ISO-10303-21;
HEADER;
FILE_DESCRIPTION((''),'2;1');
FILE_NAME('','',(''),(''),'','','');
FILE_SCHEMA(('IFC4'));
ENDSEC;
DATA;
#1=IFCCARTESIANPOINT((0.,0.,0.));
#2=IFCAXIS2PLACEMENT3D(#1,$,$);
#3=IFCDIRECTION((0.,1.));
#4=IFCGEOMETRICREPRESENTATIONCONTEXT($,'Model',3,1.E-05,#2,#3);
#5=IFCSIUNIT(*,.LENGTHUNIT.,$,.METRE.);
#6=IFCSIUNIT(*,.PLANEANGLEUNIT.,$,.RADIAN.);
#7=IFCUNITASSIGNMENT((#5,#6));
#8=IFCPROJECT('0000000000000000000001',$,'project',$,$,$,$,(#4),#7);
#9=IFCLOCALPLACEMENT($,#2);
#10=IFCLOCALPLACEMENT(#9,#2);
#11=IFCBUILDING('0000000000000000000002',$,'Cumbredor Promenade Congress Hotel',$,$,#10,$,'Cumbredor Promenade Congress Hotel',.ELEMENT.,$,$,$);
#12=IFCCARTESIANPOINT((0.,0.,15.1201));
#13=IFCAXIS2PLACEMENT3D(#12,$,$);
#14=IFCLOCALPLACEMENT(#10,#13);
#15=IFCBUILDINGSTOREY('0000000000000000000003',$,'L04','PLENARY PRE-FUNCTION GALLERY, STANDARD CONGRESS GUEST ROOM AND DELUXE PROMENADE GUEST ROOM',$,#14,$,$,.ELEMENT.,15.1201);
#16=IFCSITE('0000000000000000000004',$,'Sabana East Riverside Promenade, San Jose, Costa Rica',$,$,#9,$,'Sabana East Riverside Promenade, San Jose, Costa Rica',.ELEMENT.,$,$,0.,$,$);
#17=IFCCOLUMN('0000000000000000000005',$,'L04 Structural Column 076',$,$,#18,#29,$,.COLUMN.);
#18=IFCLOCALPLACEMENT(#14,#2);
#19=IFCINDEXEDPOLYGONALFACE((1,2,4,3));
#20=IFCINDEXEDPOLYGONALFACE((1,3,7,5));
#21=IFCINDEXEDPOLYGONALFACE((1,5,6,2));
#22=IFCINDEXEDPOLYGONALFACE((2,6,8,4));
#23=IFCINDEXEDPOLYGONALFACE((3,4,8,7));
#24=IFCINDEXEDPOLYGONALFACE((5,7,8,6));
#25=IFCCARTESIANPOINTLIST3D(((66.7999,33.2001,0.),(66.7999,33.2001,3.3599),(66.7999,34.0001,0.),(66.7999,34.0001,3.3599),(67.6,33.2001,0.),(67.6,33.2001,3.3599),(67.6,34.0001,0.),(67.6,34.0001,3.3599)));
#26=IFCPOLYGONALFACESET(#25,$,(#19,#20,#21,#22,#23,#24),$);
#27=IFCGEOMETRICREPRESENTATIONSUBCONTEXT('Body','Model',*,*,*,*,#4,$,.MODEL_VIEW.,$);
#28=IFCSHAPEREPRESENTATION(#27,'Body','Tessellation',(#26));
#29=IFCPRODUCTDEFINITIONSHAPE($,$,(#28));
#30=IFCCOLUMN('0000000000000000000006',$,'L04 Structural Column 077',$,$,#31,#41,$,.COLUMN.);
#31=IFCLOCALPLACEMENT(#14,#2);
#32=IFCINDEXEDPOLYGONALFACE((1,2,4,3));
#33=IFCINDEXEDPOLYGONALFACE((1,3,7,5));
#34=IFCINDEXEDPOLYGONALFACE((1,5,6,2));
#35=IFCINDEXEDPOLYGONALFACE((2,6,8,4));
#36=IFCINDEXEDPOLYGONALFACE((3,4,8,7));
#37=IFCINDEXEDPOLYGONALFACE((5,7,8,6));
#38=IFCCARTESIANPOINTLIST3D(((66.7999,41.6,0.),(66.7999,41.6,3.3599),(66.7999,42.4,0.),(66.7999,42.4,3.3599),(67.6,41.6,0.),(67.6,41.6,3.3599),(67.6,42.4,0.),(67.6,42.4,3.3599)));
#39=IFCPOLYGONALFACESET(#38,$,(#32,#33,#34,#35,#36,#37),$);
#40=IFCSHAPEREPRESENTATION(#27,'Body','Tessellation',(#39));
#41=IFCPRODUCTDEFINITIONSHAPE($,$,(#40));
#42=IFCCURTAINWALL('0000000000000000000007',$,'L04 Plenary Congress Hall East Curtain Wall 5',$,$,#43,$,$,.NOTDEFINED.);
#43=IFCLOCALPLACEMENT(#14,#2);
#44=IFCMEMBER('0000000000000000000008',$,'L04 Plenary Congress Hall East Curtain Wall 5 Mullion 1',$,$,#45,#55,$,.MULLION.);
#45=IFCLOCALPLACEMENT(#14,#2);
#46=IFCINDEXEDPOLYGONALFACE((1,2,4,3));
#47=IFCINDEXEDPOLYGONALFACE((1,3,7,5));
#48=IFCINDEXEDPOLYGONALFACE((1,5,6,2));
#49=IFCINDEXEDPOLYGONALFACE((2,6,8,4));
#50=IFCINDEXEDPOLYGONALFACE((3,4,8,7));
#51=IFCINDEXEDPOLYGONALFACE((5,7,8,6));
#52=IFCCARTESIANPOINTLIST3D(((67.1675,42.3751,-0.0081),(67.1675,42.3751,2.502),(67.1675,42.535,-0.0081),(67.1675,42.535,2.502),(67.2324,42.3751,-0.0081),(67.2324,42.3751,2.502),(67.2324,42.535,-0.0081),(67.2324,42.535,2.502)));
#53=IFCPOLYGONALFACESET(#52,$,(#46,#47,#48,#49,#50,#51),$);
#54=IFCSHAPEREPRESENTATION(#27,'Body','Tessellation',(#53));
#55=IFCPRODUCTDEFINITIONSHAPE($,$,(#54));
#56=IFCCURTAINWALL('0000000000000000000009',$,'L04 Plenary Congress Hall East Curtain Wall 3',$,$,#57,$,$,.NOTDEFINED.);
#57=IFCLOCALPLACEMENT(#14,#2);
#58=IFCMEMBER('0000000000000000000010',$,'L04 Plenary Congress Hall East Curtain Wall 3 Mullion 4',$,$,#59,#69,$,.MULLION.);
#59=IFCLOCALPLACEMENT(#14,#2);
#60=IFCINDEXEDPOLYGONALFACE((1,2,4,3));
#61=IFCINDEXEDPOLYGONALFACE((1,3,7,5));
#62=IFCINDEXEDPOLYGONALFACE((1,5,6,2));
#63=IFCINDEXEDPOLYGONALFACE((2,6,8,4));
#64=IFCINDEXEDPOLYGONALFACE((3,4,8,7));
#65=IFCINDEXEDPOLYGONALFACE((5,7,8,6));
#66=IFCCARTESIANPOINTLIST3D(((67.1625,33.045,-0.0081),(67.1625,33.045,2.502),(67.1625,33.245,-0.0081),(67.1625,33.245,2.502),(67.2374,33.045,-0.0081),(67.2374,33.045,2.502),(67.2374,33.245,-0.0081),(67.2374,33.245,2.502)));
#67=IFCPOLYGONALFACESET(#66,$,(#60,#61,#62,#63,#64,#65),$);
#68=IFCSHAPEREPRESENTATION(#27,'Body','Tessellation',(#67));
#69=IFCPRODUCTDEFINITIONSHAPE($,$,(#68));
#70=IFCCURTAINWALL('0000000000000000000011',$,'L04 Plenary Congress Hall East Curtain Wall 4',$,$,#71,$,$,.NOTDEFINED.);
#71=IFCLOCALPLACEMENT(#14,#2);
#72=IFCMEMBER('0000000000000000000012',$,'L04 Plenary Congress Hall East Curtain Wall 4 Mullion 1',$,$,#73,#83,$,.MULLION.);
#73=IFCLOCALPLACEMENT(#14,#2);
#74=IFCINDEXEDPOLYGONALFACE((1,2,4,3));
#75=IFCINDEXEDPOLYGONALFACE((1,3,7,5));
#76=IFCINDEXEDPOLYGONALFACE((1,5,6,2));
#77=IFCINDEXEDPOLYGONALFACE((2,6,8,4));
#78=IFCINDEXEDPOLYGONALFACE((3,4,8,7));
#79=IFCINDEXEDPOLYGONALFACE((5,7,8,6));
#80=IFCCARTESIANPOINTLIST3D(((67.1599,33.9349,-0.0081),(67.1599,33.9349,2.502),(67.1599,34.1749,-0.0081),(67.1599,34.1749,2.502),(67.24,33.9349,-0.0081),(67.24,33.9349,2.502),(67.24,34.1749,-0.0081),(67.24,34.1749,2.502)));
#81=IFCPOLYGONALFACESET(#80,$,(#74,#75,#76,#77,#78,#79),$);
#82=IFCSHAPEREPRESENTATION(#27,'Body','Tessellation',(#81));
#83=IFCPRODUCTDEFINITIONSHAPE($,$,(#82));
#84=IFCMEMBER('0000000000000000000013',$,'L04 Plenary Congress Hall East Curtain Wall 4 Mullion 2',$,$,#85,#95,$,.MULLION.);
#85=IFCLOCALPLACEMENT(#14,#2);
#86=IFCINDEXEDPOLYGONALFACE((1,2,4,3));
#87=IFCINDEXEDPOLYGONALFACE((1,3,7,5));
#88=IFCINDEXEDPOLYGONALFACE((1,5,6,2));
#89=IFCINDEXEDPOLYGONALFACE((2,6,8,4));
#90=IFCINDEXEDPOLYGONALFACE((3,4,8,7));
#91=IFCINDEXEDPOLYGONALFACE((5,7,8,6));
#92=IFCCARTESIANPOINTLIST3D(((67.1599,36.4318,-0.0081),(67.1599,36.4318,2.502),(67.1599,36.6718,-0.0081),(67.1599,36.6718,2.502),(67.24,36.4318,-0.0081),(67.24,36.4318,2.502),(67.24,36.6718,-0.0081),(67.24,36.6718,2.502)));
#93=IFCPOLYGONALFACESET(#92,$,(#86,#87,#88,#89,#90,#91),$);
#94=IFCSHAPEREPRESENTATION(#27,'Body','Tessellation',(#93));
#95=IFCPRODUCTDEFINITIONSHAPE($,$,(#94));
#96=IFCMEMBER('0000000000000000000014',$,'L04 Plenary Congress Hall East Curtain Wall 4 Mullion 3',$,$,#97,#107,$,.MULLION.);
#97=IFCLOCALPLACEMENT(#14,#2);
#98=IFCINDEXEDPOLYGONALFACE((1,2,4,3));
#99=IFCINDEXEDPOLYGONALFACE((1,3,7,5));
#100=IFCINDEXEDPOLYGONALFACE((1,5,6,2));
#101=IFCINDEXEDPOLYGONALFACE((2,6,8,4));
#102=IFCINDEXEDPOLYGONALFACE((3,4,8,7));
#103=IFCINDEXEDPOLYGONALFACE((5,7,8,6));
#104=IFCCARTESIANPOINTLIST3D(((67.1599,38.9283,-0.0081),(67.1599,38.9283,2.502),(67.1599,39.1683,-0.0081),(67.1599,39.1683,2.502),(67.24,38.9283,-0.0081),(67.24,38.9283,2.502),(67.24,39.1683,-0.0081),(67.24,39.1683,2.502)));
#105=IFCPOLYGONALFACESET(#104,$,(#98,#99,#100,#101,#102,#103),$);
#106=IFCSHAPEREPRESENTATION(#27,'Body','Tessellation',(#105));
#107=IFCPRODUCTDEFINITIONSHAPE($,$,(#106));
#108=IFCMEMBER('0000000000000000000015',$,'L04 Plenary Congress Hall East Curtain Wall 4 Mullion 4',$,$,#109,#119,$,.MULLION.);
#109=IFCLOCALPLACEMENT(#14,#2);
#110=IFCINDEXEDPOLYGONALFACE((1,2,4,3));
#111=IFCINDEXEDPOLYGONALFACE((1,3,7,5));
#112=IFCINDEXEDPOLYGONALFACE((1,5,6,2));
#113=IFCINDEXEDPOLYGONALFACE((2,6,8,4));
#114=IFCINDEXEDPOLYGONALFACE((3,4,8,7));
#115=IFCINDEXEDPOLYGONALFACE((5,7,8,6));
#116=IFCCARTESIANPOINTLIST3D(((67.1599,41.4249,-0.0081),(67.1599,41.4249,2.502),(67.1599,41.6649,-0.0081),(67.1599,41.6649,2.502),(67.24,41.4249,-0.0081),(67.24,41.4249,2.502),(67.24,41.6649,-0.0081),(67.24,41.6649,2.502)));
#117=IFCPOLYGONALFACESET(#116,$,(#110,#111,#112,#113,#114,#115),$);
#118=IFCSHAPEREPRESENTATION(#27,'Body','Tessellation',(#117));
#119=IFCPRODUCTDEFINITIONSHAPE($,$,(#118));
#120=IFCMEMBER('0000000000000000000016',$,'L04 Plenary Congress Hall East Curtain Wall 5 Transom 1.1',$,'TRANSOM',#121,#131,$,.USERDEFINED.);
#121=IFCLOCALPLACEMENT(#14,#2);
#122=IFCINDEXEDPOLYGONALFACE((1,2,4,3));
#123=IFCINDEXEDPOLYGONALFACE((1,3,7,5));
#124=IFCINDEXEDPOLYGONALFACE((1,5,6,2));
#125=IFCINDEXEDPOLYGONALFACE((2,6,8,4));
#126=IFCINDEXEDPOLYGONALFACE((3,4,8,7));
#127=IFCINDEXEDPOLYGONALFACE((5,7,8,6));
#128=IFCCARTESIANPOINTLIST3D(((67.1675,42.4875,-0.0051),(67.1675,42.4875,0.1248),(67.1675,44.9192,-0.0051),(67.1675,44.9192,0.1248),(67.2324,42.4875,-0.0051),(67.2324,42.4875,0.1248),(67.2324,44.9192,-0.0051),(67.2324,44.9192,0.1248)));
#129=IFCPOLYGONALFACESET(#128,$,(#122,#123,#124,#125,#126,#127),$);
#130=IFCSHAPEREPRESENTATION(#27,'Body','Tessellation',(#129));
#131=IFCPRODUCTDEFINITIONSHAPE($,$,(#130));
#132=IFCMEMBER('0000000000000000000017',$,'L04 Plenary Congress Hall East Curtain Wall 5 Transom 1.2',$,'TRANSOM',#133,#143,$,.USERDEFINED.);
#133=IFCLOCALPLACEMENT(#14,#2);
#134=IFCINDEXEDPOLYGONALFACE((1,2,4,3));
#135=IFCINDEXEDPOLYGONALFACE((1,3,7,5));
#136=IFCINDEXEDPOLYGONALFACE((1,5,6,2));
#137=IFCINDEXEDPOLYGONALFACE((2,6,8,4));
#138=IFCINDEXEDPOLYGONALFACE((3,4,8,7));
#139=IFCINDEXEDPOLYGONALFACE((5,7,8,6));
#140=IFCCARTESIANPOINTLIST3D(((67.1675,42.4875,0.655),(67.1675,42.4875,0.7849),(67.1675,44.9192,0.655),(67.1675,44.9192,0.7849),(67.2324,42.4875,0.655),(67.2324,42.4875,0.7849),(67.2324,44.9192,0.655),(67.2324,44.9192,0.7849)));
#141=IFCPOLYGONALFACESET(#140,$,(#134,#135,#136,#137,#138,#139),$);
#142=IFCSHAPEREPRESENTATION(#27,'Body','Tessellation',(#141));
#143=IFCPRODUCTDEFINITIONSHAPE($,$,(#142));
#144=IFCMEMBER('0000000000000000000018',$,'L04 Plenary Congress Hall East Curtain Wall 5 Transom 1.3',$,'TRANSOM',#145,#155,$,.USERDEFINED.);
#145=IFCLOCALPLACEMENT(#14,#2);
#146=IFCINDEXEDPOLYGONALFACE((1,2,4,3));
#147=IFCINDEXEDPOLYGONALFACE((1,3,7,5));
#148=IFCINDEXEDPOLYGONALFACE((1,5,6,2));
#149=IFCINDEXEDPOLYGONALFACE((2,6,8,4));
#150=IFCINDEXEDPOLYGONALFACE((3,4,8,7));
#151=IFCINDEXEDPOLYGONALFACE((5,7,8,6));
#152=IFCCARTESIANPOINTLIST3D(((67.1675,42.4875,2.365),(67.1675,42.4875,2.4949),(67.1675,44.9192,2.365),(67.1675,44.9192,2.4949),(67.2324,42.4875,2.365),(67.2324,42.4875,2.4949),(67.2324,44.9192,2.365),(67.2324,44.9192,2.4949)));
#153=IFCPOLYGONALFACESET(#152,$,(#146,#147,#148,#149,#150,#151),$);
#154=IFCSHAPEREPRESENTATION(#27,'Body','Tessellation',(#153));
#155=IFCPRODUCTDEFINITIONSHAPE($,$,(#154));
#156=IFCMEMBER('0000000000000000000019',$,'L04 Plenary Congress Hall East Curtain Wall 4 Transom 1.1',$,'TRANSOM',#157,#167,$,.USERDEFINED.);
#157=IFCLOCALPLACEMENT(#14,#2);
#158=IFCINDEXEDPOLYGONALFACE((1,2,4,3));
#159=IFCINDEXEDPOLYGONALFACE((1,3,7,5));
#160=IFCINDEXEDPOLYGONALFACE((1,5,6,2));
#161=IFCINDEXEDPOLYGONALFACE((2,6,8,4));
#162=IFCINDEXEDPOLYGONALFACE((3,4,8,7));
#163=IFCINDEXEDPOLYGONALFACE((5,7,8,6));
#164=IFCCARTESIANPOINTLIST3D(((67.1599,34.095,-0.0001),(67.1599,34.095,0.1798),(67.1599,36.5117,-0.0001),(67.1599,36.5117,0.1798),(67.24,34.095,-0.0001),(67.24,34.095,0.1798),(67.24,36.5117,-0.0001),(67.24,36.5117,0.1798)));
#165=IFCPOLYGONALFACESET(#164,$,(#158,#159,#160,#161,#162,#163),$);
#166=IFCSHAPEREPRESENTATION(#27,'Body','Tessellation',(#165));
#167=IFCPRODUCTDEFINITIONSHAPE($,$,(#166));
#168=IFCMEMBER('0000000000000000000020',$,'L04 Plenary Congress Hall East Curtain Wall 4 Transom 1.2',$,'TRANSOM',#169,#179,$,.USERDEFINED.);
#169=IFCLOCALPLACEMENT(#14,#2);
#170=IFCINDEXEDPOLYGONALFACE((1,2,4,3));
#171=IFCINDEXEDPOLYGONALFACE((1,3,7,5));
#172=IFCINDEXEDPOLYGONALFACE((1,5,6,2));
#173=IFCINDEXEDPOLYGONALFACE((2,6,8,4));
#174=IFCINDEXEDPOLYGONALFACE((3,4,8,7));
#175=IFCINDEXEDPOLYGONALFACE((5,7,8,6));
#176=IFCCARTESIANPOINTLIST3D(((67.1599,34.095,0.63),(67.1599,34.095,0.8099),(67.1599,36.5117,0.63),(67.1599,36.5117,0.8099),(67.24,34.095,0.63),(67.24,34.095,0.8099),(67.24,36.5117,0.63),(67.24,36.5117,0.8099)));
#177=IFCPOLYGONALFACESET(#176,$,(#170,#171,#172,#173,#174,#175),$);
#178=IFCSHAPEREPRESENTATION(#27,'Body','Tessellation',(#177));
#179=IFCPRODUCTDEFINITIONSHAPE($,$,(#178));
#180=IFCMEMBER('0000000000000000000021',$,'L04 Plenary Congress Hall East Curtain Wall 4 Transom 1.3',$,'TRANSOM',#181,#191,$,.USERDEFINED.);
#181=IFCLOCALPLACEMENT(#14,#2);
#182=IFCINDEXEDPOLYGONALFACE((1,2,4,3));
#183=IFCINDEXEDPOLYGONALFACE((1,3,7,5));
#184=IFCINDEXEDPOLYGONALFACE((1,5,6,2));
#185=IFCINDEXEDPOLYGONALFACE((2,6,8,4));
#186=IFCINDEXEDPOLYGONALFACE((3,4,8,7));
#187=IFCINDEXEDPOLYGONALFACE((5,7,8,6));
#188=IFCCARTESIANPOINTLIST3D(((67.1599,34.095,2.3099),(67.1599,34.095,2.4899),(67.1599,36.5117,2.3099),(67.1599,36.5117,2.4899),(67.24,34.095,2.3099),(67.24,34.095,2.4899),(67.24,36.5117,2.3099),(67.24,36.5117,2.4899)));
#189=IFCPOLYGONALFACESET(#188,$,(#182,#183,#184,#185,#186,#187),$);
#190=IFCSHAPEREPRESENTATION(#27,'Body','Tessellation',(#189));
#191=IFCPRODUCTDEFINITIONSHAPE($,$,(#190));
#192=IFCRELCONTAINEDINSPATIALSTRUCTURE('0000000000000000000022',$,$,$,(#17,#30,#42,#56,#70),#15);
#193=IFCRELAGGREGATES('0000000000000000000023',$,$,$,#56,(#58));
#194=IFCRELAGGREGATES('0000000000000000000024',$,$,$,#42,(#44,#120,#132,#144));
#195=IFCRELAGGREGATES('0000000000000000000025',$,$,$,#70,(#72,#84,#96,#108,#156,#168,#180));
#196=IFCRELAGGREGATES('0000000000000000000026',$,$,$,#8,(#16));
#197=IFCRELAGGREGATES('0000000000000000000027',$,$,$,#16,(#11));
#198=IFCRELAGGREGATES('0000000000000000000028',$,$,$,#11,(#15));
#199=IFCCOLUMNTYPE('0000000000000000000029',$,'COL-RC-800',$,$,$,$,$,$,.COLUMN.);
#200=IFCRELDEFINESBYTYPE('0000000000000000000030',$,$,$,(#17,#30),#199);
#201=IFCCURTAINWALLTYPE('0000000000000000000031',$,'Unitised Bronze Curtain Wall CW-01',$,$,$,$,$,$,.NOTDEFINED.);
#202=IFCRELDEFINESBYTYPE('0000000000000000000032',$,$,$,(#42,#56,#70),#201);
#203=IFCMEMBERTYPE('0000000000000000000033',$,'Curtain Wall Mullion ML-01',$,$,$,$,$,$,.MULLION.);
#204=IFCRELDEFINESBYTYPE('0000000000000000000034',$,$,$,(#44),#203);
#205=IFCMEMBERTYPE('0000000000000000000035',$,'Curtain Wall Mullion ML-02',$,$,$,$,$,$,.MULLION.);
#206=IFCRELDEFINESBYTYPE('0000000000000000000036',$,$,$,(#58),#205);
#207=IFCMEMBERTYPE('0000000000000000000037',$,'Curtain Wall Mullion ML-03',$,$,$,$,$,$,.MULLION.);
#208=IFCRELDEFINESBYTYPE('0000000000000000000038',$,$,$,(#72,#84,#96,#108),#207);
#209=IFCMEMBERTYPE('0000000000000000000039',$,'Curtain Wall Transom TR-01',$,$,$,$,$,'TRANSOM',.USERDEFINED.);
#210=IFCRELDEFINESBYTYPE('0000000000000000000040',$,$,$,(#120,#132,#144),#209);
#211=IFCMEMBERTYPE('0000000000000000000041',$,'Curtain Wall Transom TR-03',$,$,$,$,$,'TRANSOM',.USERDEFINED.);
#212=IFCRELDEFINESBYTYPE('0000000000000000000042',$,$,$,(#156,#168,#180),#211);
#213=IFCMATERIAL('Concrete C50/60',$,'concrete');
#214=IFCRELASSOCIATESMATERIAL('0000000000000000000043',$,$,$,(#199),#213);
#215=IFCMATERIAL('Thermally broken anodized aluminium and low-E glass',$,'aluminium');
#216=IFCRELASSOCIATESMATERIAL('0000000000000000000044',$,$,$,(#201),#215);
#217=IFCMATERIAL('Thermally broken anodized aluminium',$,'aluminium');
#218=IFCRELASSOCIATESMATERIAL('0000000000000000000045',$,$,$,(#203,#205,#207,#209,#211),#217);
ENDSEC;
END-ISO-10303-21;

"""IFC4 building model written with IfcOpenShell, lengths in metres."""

from ifc_helpers import new_model, si_unit, direction, frame, origin, origin_2d, place, context, subcontext, project, spatial, rectangle, extrude, material, material_profile, profile_set, type_object, element, aggregate, save


model = new_model("IFC4")

# Units and contexts
model_context = context("Model", 3, precision=1e-05, world=origin(), true_north=direction((0.0, 1.0)))
body_context = subcontext(model_context, "Body", "Model", "MODEL_VIEW")
ifc_project = project(units=[si_unit("LENGTHUNIT", "METRE"), si_unit("PLANEANGLEUNIT", "RADIAN")], contexts=[model_context])

# Site, building, storey
site_placement = place(None, origin())
site = spatial("IfcSite", under=ifc_project, at=site_placement, Name="Sabana East Riverside Promenade, San Jose, Costa Rica", LongName="Sabana East Riverside Promenade, San Jose, Costa Rica", CompositionType="ELEMENT", RefElevation=0.0)
building_placement = place(site_placement, origin())
building = spatial("IfcBuilding", under=site, at=building_placement, Name="Cumbredor Promenade Congress Hotel", LongName="Cumbredor Promenade Congress Hotel", CompositionType="ELEMENT")
storey_placement = place(building_placement, frame((0.0, 0.0, 15.1201)))
storey = spatial("IfcBuildingStorey", under=building, at=storey_placement, Name="L04", Description="PLENARY PRE-FUNCTION GALLERY, STANDARD CONGRESS GUEST ROOM AND DELUXE PROMENADE GUEST ROOM", CompositionType="ELEMENT", Elevation=15.1201)

# Columns
ifc_material_1 = material(Name="Concrete C50/60", Category="concrete")
ifc_material_profile_1 = material_profile(ifc_material_1, rectangle(XDim=0.8, YDim=0.8, at=origin_2d()), Name="RC 800x800")
ifc_profile_set_1 = profile_set([ifc_material_profile_1], Name="Concrete C50/60")
column_type = type_object("IfcColumnType", Name="COL-RC-800", PredefinedType="COLUMN", material=ifc_profile_set_1)
for number, where, z_axis, x_axis, name in (
    (1, (67.2, 33.6001, 0.0), (0.0, 0.0, 1.0), (1.0, 0.0, 0.0), "L04 Structural Column 076"),
    (2, (67.2, 42.0, 0.0), (0.0, 0.0, 1.0), (1.0, 0.0, 0.0), "L04 Structural Column 077"),
):
    element("IfcColumn", number, at=place(storey_placement, frame(where, z_axis=z_axis, x_axis=x_axis)), inside=storey, type_object=column_type, Name=name, PredefinedType="COLUMN", context=body_context, shape_type="SweptSolid", body=[
        extrude(rectangle(XDim=0.8, YDim=0.8, at=origin_2d()), origin(), (0.0, 0.0, 1.0), 3.3599),
    ])

# Curtain walls, members
ifc_material_2 = material(Name="Thermally broken anodized aluminium and low-E glass", Category="aluminium")
curtain_wall_type = type_object("IfcCurtainWallType", Name="Unitised Bronze Curtain Wall CW-01", PredefinedType="NOTDEFINED", material=ifc_material_2)
curtain_wall_1_placement = place(storey_placement, origin())
curtain_wall_1 = element("IfcCurtainWall", 3, at=curtain_wall_1_placement, inside=storey, type_object=curtain_wall_type, Name="L04 Plenary Congress Hall East Curtain Wall 5", PredefinedType="NOTDEFINED")
ifc_material_3 = material(Name="Thermally broken anodized aluminium", Category="aluminium")
ifc_material_profile_2 = material_profile(ifc_material_3, rectangle(XDim=0.0649, YDim=0.1599, at=origin_2d()), Name="ALU MULLION 65x160")
ifc_profile_set_2 = profile_set([ifc_material_profile_2], Name="Thermally broken anodized aluminium")
member_type_1 = type_object("IfcMemberType", Name="Curtain Wall Mullion ML-01", PredefinedType="MULLION", material=ifc_profile_set_2)
member_1_placement = place(storey_placement, frame((67.2, 42.4551, -0.0081), z_axis=(0.0, 0.0, 1.0), x_axis=(1.0, 0.0, 0.0)))
member_1 = element("IfcMember", 4, at=member_1_placement, type_object=member_type_1, Name="L04 Plenary Congress Hall East Curtain Wall 5 Mullion 1", PredefinedType="MULLION", context=body_context, shape_type="SweptSolid", body=[
    extrude(rectangle(XDim=0.0649, YDim=0.1599, at=origin_2d()), origin(), (0.0, 0.0, 1.0), 2.51),
])
curtain_wall_2_placement = place(storey_placement, origin())
curtain_wall_2 = element("IfcCurtainWall", 5, at=curtain_wall_2_placement, inside=storey, type_object=curtain_wall_type, Name="L04 Plenary Congress Hall East Curtain Wall 3", PredefinedType="NOTDEFINED")
ifc_material_profile_3 = material_profile(ifc_material_3, rectangle(XDim=0.075, YDim=0.2, at=origin_2d()), Name="ALU MULLION 75x200")
ifc_profile_set_3 = profile_set([ifc_material_profile_3], Name="Thermally broken anodized aluminium")
member_type_2 = type_object("IfcMemberType", Name="Curtain Wall Mullion ML-02", PredefinedType="MULLION", material=ifc_profile_set_3)
member_2_placement = place(storey_placement, frame((67.2, 33.145, -0.0081), z_axis=(0.0, 0.0, 1.0), x_axis=(1.0, 0.0, 0.0)))
member_2 = element("IfcMember", 6, at=member_2_placement, type_object=member_type_2, Name="L04 Plenary Congress Hall East Curtain Wall 3 Mullion 4", PredefinedType="MULLION", context=body_context, shape_type="SweptSolid", body=[
    extrude(rectangle(XDim=0.075, YDim=0.2, at=origin_2d()), origin(), (0.0, 0.0, 1.0), 2.51),
])
aggregate(curtain_wall_2, [member_2])

# Curtain wall, members
curtain_wall_3_placement = place(storey_placement, origin())
curtain_wall_3 = element("IfcCurtainWall", 7, at=curtain_wall_3_placement, inside=storey, type_object=curtain_wall_type, Name="L04 Plenary Congress Hall East Curtain Wall 4", PredefinedType="NOTDEFINED")
ifc_material_profile_4 = material_profile(ifc_material_3, rectangle(XDim=0.0801, YDim=0.24, at=origin_2d()), Name="ALU MULLION 80x240")
ifc_profile_set_4 = profile_set([ifc_material_profile_4], Name="Thermally broken anodized aluminium")
member_type_3 = type_object("IfcMemberType", Name="Curtain Wall Mullion ML-03", PredefinedType="MULLION", material=ifc_profile_set_4)
member_3_placement = place(storey_placement, frame((67.2, 34.0549, -0.0081), z_axis=(0.0, 0.0, 1.0), x_axis=(1.0, 0.0, 0.0)))
member_3 = element("IfcMember", 8, at=member_3_placement, type_object=member_type_3, Name="L04 Plenary Congress Hall East Curtain Wall 4 Mullion 1", PredefinedType="MULLION", context=body_context, shape_type="SweptSolid", body=[
    extrude(rectangle(XDim=0.0801, YDim=0.24, at=origin_2d()), origin(), (0.0, 0.0, 1.0), 2.51),
])
member_4_placement = place(storey_placement, frame((67.2, 36.5518, -0.0081), z_axis=(0.0, 0.0, 1.0), x_axis=(1.0, 0.0, 0.0)))
member_4 = element("IfcMember", 9, at=member_4_placement, type_object=member_type_3, Name="L04 Plenary Congress Hall East Curtain Wall 4 Mullion 2", PredefinedType="MULLION", context=body_context, shape_type="SweptSolid", body=[
    extrude(rectangle(XDim=0.0801, YDim=0.24, at=origin_2d()), origin(), (0.0, 0.0, 1.0), 2.51),
])
member_5_placement = place(storey_placement, frame((67.2, 39.0483, -0.0081), z_axis=(0.0, 0.0, 1.0), x_axis=(1.0, 0.0, 0.0)))
member_5 = element("IfcMember", 10, at=member_5_placement, type_object=member_type_3, Name="L04 Plenary Congress Hall East Curtain Wall 4 Mullion 3", PredefinedType="MULLION", context=body_context, shape_type="SweptSolid", body=[
    extrude(rectangle(XDim=0.0801, YDim=0.24, at=origin_2d()), origin(), (0.0, 0.0, 1.0), 2.51),
])
member_6_placement = place(storey_placement, frame((67.2, 41.5449, -0.0081), z_axis=(0.0, 0.0, 1.0), x_axis=(1.0, 0.0, 0.0)))
member_6 = element("IfcMember", 11, at=member_6_placement, type_object=member_type_3, Name="L04 Plenary Congress Hall East Curtain Wall 4 Mullion 4", PredefinedType="MULLION", context=body_context, shape_type="SweptSolid", body=[
    extrude(rectangle(XDim=0.0801, YDim=0.24, at=origin_2d()), origin(), (0.0, 0.0, 1.0), 2.51),
])

# Members
ifc_material_profile_5 = material_profile(ifc_material_3, rectangle(XDim=0.0649, YDim=0.1299, at=origin_2d()), Name="ALU TRANSOM 65x130")
ifc_profile_set_5 = profile_set([ifc_material_profile_5], Name="Thermally broken anodized aluminium")
member_type_4 = type_object("IfcMemberType", Name="Curtain Wall Transom TR-01", ElementType="TRANSOM", PredefinedType="USERDEFINED", material=ifc_profile_set_5)
member_7_placement = place(storey_placement, frame((67.2, 42.4875, 0.0598), z_axis=(0.0, 1.0, 0.0), x_axis=(-1.0, 0.0, 0.0)))
member_7 = element("IfcMember", 12, at=member_7_placement, type_object=member_type_4, Name="L04 Plenary Congress Hall East Curtain Wall 5 Transom 1.1", ObjectType="TRANSOM", PredefinedType="USERDEFINED", context=body_context, shape_type="SweptSolid", body=[
    extrude(rectangle(XDim=0.0649, YDim=0.1299, at=origin_2d()), origin(), (0.0, 0.0, 1.0), 2.4316),
])
member_8_placement = place(storey_placement, frame((67.2, 42.4875, 0.72), z_axis=(0.0, 1.0, 0.0), x_axis=(-1.0, 0.0, 0.0)))
member_8 = element("IfcMember", 13, at=member_8_placement, type_object=member_type_4, Name="L04 Plenary Congress Hall East Curtain Wall 5 Transom 1.2", ObjectType="TRANSOM", PredefinedType="USERDEFINED", context=body_context, shape_type="SweptSolid", body=[
    extrude(rectangle(XDim=0.0649, YDim=0.1299, at=origin_2d()), origin(), (0.0, 0.0, 1.0), 2.4316),
])
member_9_placement = place(storey_placement, frame((67.2, 42.4875, 2.4299), z_axis=(0.0, 1.0, 0.0), x_axis=(-1.0, 0.0, 0.0)))
member_9 = element("IfcMember", 14, at=member_9_placement, type_object=member_type_4, Name="L04 Plenary Congress Hall East Curtain Wall 5 Transom 1.3", ObjectType="TRANSOM", PredefinedType="USERDEFINED", context=body_context, shape_type="SweptSolid", body=[
    extrude(rectangle(XDim=0.0649, YDim=0.1299, at=origin_2d()), origin(), (0.0, 0.0, 1.0), 2.4316),
])
ifc_material_profile_6 = material_profile(ifc_material_3, rectangle(XDim=0.0801, YDim=0.1799, at=origin_2d()), Name="ALU TRANSOM 80x180")
ifc_profile_set_6 = profile_set([ifc_material_profile_6], Name="Thermally broken anodized aluminium")
member_type_5 = type_object("IfcMemberType", Name="Curtain Wall Transom TR-03", ElementType="TRANSOM", PredefinedType="USERDEFINED", material=ifc_profile_set_6)
member_10_placement = place(storey_placement, frame((67.2, 34.095, 0.0898), z_axis=(0.0, 1.0, 0.0), x_axis=(-1.0, 0.0, 0.0)))
member_10 = element("IfcMember", 15, at=member_10_placement, type_object=member_type_5, Name="L04 Plenary Congress Hall East Curtain Wall 4 Transom 1.1", ObjectType="TRANSOM", PredefinedType="USERDEFINED", context=body_context, shape_type="SweptSolid", body=[
    extrude(rectangle(XDim=0.0801, YDim=0.1799, at=origin_2d()), origin(), (0.0, 0.0, 1.0), 2.4167),
])
member_11_placement = place(storey_placement, frame((67.2, 34.095, 0.72), z_axis=(0.0, 1.0, 0.0), x_axis=(-1.0, 0.0, 0.0)))
member_11 = element("IfcMember", 16, at=member_11_placement, type_object=member_type_5, Name="L04 Plenary Congress Hall East Curtain Wall 4 Transom 1.2", ObjectType="TRANSOM", PredefinedType="USERDEFINED", context=body_context, shape_type="SweptSolid", body=[
    extrude(rectangle(XDim=0.0801, YDim=0.1799, at=origin_2d()), origin(), (0.0, 0.0, 1.0), 2.4167),
])
member_12_placement = place(storey_placement, frame((67.2, 34.095, 2.3999), z_axis=(0.0, 1.0, 0.0), x_axis=(-1.0, 0.0, 0.0)))
member_12 = element("IfcMember", 17, at=member_12_placement, type_object=member_type_5, Name="L04 Plenary Congress Hall East Curtain Wall 4 Transom 1.3", ObjectType="TRANSOM", PredefinedType="USERDEFINED", context=body_context, shape_type="SweptSolid", body=[
    extrude(rectangle(XDim=0.0801, YDim=0.1799, at=origin_2d()), origin(), (0.0, 0.0, 1.0), 2.4167),
])

aggregate(curtain_wall_1, [member_1, member_7, member_8, member_9])
aggregate(curtain_wall_3, [member_3, member_4, member_5, member_6, member_10, member_11, member_12])

save(model, "model.ifc")
